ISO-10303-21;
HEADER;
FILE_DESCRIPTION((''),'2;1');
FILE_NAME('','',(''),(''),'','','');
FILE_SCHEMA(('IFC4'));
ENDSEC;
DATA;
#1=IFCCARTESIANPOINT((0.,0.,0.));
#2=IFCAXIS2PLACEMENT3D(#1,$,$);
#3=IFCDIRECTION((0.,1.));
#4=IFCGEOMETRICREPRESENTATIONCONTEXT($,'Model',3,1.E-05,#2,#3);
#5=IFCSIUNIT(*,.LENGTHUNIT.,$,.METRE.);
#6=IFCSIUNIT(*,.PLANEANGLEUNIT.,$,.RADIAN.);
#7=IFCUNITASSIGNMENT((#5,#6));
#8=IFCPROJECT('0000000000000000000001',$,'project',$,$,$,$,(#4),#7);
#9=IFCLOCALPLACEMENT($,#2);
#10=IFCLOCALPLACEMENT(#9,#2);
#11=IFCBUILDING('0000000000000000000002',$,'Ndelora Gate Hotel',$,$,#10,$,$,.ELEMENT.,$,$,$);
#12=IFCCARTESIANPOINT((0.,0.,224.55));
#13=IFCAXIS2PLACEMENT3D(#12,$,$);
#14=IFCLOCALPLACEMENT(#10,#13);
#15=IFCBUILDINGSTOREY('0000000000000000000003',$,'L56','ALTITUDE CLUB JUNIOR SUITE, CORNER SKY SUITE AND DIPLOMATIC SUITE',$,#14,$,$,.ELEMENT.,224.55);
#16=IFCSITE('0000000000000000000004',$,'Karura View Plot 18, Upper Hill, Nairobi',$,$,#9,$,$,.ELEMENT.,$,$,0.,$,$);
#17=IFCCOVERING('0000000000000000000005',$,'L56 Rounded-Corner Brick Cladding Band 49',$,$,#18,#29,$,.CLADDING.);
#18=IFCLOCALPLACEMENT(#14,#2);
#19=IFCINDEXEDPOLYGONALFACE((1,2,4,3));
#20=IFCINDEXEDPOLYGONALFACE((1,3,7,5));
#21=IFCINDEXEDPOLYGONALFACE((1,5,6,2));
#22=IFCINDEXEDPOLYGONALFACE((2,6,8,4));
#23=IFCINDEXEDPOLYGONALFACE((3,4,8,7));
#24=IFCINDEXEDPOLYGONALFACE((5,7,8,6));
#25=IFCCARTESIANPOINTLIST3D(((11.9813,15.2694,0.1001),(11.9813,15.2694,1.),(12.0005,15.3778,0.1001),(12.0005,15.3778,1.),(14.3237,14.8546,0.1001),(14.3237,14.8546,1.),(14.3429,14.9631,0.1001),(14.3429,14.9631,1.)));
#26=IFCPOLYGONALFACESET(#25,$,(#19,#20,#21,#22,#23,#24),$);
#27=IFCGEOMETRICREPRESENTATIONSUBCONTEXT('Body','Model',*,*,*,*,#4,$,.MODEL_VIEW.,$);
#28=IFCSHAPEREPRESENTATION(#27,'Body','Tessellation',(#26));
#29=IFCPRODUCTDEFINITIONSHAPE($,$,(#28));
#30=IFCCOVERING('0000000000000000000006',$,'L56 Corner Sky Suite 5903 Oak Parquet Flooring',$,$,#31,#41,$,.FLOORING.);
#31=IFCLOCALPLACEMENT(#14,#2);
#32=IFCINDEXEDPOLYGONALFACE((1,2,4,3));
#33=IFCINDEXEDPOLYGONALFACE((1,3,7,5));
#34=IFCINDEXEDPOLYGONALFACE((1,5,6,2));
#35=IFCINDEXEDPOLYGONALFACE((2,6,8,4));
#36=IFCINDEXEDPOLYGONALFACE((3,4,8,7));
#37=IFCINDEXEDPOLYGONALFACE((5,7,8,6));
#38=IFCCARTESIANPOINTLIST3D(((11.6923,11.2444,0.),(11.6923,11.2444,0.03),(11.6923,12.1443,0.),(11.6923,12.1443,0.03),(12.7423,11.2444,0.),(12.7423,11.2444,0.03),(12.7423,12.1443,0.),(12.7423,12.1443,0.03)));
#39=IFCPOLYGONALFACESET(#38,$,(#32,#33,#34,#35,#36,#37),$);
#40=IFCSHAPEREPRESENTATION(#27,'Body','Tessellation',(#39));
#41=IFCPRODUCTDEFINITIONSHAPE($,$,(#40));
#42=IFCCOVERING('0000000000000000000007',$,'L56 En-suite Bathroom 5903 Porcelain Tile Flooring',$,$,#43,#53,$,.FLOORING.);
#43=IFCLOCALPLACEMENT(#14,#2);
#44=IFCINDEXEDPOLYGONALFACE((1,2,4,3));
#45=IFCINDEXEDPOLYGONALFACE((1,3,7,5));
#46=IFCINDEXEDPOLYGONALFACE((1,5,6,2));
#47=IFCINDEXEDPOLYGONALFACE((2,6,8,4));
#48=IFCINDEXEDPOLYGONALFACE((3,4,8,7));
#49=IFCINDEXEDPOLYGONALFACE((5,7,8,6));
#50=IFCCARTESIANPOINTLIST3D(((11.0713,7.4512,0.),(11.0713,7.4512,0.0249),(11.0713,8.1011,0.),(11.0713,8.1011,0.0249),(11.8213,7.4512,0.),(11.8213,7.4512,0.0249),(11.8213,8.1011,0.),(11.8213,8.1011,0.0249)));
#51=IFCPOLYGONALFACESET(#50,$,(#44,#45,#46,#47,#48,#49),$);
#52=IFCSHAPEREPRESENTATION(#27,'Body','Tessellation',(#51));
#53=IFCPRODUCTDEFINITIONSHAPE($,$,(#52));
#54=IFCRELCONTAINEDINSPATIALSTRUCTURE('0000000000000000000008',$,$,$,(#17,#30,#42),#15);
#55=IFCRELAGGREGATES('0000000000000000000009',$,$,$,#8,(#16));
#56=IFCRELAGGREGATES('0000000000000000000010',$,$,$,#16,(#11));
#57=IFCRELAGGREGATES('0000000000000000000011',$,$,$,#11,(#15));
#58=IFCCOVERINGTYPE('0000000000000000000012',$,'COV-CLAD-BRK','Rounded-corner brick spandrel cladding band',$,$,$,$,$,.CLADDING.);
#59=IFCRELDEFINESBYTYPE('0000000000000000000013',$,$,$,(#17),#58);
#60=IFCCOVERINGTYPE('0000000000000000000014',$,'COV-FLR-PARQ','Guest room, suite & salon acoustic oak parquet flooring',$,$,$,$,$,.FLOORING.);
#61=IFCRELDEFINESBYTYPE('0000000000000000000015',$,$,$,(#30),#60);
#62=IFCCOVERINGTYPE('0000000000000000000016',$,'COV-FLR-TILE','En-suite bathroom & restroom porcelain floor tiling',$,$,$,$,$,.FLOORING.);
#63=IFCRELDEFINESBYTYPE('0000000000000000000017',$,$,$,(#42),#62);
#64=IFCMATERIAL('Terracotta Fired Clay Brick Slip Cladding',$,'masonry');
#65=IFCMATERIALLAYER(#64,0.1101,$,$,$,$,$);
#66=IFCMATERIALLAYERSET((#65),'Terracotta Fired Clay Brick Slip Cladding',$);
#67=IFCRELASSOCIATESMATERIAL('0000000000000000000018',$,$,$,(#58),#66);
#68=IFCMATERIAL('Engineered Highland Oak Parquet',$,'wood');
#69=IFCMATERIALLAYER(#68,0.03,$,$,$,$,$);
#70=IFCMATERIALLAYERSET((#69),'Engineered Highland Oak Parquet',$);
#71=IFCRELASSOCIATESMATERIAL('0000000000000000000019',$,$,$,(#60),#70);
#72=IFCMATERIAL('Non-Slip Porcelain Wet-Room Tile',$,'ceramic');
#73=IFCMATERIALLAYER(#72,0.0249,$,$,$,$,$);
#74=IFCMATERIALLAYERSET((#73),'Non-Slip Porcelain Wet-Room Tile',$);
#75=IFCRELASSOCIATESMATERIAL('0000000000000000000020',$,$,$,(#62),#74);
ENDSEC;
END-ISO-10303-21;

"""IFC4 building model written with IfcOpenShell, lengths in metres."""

from ifc_helpers import new_model, si_unit, direction, frame, origin, origin_2d, place, context, subcontext, project, spatial, rectangle, extrude, material, layer, layer_set, type_object, element, save


model = new_model("IFC4")

# Units and contexts
model_context = context("Model", 3, precision=1e-05, world=origin(), true_north=direction((0.0, 1.0)))
body_context = subcontext(model_context, "Body", "Model", "MODEL_VIEW")
ifc_project = project(units=[si_unit("LENGTHUNIT", "METRE"), si_unit("PLANEANGLEUNIT", "RADIAN")], contexts=[model_context])

# Site, building, storey
site_placement = place(None, origin())
site = spatial("IfcSite", under=ifc_project, at=site_placement, Name="Karura View Plot 18, Upper Hill, Nairobi", CompositionType="ELEMENT", RefElevation=0.0)
building_placement = place(site_placement, origin())
building = spatial("IfcBuilding", under=site, at=building_placement, Name="Ndelora Gate Hotel", CompositionType="ELEMENT")
storey_placement = place(building_placement, frame((0.0, 0.0, 224.55)))
storey = spatial("IfcBuildingStorey", under=building, at=storey_placement, Name="L56", Description="ALTITUDE CLUB JUNIOR SUITE, CORNER SKY SUITE AND DIPLOMATIC SUITE", CompositionType="ELEMENT", Elevation=224.55)

# Coverings
ifc_material_1 = material(Name="Terracotta Fired Clay Brick Slip Cladding", Category="masonry")
ifc_layer_1 = layer(ifc_material_1, 0.1101)
ifc_layer_set_1 = layer_set([ifc_layer_1], Name="Terracotta Fired Clay Brick Slip Cladding")
covering_type_1 = type_object("IfcCoveringType", Name="COV-CLAD-BRK", Description="Rounded-corner brick spandrel cladding band", PredefinedType="CLADDING", material=ifc_layer_set_1)
covering_1_placement = place(storey_placement, frame((13.1621, 15.1162, 0.1001), z_axis=(0.0, 0.0, 1.0), x_axis=(-0.984686, 0.174336, 0.0)))
element("IfcCovering", 1, at=covering_1_placement, inside=storey, type_object=covering_type_1, Name="L56 Rounded-Corner Brick Cladding Band 49", PredefinedType="CLADDING", context=body_context, shape_type="SweptSolid", body=[
    extrude(rectangle(XDim=2.3789, YDim=0.1101, at=origin_2d()), origin(), (0.0, 0.0, 1.0), 0.8999),
])
ifc_material_2 = material(Name="Engineered Highland Oak Parquet", Category="wood")
ifc_layer_2 = layer(ifc_material_2, 0.03)
ifc_layer_set_2 = layer_set([ifc_layer_2], Name="Engineered Highland Oak Parquet")
covering_type_2 = type_object("IfcCoveringType", Name="COV-FLR-PARQ", Description="Guest room, suite & salon acoustic oak parquet flooring", PredefinedType="FLOORING", material=ifc_layer_set_2)
covering_2_placement = place(storey_placement, frame((12.2173, 11.6943, 0.0), z_axis=(0.0, 0.0, 1.0), x_axis=(1.0, 0.0, 0.0)))
element("IfcCovering", 2, at=covering_2_placement, inside=storey, type_object=covering_type_2, Name="L56 Corner Sky Suite 5903 Oak Parquet Flooring", PredefinedType="FLOORING", context=body_context, shape_type="SweptSolid", body=[
    extrude(rectangle(XDim=1.05, YDim=0.8999, at=origin_2d()), origin(), (0.0, 0.0, 1.0), 0.03),
])
ifc_material_3 = material(Name="Non-Slip Porcelain Wet-Room Tile", Category="ceramic")
ifc_layer_3 = layer(ifc_material_3, 0.0249)
ifc_layer_set_3 = layer_set([ifc_layer_3], Name="Non-Slip Porcelain Wet-Room Tile")
covering_type_3 = type_object("IfcCoveringType", Name="COV-FLR-TILE", Description="En-suite bathroom & restroom porcelain floor tiling", PredefinedType="FLOORING", material=ifc_layer_set_3)
covering_3_placement = place(storey_placement, frame((11.4463, 7.7761, 0.0), z_axis=(0.0, 0.0, 1.0), x_axis=(1.0, 0.0, 0.0)))
element("IfcCovering", 3, at=covering_3_placement, inside=storey, type_object=covering_type_3, Name="L56 En-suite Bathroom 5903 Porcelain Tile Flooring", PredefinedType="FLOORING", context=body_context, shape_type="SweptSolid", body=[
    extrude(rectangle(XDim=0.75, YDim=0.6499, at=origin_2d()), origin(), (0.0, 0.0, 1.0), 0.0249),
])

save(model, "model.ifc")
